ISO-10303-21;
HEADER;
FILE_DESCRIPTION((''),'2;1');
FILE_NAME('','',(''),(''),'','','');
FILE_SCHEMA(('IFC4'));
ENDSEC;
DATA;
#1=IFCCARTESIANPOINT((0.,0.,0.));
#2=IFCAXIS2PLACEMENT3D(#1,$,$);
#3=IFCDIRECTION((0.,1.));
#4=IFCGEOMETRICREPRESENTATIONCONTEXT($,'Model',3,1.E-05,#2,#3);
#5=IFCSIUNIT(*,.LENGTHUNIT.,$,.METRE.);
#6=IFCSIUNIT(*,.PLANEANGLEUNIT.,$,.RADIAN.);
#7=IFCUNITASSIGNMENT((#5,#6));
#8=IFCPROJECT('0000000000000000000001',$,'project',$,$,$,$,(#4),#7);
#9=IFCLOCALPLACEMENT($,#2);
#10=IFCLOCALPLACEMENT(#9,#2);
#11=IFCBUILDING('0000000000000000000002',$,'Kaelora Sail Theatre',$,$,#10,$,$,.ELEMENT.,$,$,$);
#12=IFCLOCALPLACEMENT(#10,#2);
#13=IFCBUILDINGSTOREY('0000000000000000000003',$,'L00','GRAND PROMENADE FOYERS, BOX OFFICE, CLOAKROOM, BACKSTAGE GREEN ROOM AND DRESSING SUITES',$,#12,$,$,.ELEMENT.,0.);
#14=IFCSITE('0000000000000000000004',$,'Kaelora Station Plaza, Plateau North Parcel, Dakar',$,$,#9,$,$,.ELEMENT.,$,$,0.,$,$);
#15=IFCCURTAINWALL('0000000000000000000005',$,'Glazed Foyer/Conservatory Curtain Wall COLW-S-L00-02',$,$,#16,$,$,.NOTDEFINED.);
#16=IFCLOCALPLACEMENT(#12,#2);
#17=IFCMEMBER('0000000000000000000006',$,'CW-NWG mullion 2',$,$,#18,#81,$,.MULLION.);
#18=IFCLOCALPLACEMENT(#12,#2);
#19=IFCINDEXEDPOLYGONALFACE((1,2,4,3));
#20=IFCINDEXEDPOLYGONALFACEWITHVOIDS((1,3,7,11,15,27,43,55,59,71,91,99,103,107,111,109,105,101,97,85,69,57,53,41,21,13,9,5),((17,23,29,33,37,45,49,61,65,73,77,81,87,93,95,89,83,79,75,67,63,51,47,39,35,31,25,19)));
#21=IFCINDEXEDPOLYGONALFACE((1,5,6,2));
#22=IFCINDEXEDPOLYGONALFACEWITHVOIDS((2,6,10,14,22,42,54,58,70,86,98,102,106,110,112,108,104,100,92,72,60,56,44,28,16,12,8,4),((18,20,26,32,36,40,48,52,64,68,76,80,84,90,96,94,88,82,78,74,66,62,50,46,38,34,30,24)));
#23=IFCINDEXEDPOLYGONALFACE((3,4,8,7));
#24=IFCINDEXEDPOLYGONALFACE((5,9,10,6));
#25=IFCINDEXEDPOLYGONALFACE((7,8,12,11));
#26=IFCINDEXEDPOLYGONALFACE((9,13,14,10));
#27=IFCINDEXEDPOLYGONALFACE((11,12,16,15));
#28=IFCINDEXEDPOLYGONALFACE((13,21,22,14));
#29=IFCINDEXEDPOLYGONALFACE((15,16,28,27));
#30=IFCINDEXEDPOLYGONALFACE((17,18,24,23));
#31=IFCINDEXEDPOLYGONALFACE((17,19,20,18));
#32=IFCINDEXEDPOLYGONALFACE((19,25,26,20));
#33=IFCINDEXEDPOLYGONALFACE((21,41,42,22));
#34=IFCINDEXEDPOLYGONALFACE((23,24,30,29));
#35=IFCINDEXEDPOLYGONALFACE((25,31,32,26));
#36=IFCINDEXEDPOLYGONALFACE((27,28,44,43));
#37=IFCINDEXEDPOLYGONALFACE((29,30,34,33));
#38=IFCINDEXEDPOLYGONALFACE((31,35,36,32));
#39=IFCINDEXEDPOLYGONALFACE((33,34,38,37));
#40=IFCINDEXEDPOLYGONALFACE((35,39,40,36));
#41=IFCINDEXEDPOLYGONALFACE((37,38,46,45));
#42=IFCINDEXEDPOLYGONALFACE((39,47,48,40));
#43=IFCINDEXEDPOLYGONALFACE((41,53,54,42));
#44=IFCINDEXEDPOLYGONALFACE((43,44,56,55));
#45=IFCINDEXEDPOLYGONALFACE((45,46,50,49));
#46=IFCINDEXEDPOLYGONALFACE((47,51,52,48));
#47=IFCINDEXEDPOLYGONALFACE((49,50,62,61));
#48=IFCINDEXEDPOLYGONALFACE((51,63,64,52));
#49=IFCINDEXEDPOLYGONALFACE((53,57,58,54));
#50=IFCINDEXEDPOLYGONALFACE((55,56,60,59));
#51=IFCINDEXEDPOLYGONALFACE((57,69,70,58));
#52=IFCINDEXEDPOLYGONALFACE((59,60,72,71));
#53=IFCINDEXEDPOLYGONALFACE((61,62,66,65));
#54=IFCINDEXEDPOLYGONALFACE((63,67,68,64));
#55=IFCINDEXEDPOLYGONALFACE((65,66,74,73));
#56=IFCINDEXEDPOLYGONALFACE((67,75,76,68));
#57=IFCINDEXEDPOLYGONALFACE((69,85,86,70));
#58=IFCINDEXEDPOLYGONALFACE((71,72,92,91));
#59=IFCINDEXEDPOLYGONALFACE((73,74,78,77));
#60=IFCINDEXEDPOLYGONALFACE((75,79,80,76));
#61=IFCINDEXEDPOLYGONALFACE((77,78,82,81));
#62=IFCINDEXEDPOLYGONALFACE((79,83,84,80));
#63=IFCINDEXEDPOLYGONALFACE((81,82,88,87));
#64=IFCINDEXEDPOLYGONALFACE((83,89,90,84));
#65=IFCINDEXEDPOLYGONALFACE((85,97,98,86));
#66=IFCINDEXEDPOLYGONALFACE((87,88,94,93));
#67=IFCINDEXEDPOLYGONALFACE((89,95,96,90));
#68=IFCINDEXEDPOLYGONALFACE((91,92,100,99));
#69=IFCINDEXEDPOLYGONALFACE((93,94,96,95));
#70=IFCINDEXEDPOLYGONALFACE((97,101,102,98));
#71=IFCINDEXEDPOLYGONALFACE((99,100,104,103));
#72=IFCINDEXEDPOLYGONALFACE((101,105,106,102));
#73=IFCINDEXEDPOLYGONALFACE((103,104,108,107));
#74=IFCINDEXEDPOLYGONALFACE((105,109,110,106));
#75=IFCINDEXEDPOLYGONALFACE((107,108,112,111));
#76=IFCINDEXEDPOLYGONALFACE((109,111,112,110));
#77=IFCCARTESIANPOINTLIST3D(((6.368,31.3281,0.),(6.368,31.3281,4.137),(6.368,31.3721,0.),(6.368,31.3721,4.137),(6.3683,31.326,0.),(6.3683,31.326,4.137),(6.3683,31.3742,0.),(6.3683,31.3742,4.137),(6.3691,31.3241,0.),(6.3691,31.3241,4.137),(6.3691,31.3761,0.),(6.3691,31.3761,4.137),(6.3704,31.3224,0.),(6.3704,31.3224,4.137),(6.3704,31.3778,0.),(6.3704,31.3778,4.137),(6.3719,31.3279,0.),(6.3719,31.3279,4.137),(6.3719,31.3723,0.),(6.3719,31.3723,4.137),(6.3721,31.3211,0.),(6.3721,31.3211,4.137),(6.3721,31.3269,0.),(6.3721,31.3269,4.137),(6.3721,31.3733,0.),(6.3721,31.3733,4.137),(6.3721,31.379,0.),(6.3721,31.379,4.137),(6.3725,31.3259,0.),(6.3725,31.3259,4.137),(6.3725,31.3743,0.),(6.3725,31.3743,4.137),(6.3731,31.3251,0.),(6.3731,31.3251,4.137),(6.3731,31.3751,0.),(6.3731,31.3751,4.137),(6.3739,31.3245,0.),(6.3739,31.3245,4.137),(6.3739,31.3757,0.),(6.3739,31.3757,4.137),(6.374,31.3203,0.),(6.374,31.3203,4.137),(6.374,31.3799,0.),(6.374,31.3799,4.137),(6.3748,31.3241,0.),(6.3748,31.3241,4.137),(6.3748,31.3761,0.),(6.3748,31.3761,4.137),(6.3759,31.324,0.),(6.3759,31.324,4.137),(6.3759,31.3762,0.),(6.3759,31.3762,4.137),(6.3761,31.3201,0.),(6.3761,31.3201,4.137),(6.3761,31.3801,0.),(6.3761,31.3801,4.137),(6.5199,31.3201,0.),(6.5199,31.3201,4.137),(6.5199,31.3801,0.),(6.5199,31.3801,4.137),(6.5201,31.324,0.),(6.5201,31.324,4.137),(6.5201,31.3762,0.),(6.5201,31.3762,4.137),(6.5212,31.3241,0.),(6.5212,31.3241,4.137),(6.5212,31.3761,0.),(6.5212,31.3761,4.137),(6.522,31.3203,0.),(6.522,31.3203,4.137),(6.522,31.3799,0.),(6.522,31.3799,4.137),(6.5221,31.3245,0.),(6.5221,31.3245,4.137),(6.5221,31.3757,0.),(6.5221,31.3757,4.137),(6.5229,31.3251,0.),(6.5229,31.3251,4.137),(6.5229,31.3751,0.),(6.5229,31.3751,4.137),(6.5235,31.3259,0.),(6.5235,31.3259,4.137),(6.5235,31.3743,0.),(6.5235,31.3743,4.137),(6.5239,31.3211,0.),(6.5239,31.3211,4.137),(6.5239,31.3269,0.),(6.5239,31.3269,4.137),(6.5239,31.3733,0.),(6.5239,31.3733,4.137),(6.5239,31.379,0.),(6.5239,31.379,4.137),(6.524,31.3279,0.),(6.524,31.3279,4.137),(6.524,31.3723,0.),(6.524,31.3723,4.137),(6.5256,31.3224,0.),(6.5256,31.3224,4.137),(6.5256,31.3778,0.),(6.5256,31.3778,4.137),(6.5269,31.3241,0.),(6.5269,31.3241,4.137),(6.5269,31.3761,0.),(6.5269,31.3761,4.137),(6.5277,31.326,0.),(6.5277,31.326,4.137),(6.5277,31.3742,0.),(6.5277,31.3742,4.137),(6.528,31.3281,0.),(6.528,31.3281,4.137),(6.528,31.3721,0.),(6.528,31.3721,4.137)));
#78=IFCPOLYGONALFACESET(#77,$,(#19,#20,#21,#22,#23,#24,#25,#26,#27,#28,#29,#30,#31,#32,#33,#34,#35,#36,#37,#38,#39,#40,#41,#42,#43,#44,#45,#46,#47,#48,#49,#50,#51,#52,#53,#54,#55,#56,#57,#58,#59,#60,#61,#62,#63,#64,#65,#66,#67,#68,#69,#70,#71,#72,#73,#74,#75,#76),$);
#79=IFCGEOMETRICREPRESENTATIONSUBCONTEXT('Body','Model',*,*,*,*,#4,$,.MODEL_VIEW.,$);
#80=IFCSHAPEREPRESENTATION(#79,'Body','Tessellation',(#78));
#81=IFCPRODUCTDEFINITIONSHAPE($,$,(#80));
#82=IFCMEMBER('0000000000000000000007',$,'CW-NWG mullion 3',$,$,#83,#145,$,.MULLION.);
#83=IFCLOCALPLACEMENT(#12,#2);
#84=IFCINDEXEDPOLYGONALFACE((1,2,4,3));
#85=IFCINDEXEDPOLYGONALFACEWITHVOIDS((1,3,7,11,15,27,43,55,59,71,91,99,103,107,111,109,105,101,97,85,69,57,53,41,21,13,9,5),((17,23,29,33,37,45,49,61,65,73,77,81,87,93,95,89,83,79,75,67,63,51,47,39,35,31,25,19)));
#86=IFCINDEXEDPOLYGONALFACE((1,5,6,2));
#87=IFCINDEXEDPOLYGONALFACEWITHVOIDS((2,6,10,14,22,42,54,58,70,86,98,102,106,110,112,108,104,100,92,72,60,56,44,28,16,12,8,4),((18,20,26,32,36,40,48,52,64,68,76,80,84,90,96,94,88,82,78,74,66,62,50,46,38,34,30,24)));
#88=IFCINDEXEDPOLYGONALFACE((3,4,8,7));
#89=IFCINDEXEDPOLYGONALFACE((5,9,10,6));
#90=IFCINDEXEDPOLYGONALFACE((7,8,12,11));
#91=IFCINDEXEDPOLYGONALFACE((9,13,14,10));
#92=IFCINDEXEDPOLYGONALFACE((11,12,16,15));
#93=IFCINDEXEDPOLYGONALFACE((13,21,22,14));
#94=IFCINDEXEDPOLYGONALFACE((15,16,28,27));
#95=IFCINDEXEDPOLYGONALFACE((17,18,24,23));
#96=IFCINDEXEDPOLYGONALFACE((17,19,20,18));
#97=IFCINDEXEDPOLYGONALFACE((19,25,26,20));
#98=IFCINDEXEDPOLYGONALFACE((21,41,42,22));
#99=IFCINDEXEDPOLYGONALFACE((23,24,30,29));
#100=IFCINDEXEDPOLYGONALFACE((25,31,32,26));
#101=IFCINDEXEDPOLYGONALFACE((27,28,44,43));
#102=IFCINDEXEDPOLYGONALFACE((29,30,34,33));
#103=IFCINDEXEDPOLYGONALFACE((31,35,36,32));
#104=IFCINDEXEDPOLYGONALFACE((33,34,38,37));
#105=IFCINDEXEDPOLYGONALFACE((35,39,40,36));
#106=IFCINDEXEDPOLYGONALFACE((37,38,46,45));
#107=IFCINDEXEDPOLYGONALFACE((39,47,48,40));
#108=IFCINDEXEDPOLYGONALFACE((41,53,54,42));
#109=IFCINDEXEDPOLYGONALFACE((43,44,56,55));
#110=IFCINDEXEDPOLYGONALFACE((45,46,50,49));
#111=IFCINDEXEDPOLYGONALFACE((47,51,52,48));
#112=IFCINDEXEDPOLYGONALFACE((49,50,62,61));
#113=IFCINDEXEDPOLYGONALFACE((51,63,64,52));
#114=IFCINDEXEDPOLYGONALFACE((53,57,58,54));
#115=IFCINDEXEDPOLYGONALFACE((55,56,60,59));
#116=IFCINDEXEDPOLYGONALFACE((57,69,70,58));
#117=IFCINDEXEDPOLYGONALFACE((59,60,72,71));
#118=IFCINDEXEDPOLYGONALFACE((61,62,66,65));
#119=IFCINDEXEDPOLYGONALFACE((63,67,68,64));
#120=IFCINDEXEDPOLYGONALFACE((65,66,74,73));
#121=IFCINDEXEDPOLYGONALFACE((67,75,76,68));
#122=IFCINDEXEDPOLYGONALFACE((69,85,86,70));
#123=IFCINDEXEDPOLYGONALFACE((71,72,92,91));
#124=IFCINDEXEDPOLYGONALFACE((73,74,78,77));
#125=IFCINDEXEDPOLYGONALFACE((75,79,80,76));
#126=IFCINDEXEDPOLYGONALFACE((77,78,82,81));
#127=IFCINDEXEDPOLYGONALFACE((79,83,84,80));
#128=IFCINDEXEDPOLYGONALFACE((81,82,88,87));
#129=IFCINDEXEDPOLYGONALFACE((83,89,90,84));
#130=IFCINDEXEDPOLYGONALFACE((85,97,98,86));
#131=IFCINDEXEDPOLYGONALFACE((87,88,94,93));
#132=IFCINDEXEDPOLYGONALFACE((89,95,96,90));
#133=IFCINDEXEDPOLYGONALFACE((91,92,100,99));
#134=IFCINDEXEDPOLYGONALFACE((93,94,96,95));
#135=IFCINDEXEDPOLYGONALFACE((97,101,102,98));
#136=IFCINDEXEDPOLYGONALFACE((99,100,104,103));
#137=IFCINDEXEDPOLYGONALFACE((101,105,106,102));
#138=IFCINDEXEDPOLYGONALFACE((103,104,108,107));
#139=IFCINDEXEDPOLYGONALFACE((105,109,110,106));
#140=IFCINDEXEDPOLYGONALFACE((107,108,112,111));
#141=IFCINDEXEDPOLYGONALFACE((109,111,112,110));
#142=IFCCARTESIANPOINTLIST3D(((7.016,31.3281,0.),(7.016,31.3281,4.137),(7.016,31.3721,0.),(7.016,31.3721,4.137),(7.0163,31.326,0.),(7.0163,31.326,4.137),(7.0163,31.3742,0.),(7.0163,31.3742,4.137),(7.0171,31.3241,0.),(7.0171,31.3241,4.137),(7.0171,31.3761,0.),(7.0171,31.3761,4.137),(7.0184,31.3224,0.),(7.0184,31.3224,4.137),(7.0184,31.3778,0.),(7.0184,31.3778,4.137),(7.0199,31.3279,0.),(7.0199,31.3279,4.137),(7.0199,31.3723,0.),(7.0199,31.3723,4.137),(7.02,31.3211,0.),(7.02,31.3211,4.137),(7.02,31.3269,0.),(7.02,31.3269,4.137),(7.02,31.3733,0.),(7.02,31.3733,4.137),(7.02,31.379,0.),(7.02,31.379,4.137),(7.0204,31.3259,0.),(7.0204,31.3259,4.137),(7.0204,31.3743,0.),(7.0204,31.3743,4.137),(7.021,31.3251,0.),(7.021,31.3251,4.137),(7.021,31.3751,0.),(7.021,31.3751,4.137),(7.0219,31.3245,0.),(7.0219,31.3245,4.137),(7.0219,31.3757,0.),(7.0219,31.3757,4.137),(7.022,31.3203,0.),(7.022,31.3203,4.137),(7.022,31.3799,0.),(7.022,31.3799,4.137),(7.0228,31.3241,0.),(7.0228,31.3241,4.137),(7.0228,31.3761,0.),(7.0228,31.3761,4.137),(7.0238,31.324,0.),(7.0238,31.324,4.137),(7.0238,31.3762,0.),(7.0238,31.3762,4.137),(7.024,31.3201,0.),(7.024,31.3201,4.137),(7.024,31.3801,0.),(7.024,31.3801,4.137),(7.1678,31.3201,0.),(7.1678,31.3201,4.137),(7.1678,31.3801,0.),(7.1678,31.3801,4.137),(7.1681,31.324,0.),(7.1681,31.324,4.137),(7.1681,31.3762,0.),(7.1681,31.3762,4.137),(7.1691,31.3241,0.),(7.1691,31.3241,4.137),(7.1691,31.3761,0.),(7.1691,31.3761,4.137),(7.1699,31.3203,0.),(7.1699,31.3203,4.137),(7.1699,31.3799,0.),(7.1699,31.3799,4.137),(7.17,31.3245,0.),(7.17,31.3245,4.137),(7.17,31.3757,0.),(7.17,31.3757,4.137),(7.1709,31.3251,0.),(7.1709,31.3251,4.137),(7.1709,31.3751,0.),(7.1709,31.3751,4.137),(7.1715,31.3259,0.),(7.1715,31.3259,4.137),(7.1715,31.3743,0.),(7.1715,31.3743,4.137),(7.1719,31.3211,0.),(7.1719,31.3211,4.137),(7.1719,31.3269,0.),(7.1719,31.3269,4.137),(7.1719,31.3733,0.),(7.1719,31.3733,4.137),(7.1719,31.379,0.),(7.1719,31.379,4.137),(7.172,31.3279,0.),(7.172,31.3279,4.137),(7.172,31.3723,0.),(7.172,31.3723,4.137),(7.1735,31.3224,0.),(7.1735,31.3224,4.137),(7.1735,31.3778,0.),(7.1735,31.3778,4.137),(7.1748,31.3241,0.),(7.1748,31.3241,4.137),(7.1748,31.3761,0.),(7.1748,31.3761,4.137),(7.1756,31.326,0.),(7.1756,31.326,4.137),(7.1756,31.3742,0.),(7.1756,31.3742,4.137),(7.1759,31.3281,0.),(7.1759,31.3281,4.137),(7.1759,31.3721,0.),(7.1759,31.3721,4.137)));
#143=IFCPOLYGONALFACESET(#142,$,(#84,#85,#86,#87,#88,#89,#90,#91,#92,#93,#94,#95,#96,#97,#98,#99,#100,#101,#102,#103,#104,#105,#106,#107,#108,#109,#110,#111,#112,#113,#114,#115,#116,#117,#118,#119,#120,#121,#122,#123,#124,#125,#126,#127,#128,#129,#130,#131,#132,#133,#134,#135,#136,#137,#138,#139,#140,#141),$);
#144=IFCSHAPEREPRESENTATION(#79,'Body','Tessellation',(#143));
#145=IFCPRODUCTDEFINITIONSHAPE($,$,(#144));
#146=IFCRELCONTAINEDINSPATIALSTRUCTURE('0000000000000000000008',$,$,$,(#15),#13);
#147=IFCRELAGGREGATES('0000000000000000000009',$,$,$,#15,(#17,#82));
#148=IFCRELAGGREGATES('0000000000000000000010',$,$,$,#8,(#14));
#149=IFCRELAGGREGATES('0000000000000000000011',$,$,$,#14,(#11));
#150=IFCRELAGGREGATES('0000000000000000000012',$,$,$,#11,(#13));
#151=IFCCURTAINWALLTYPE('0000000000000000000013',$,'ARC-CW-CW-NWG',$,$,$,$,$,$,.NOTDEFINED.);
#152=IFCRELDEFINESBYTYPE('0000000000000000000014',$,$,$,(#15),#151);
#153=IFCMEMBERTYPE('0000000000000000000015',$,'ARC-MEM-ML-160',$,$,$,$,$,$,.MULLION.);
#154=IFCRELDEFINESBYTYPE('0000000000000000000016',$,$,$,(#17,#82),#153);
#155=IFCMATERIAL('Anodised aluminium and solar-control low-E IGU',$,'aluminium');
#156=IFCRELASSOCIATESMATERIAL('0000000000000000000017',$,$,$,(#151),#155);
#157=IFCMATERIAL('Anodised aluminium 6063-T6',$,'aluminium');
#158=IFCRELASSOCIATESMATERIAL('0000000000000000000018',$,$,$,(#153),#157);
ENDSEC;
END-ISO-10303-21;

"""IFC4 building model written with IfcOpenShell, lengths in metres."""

from ifc_helpers import new_model, si_unit, direction, frame, origin, origin_2d, place, context, subcontext, project, spatial, hollow_rectangle, extrude, material, material_profile, profile_set, type_object, element, aggregate, save


model = new_model("IFC4")

# Units and contexts
model_context = context("Model", 3, precision=1e-05, world=origin(), true_north=direction((0.0, 1.0)))
body_context = subcontext(model_context, "Body", "Model", "MODEL_VIEW")
ifc_project = project(units=[si_unit("LENGTHUNIT", "METRE"), si_unit("PLANEANGLEUNIT", "RADIAN")], contexts=[model_context])

# Site, building, storey
site_placement = place(None, origin())
site = spatial("IfcSite", under=ifc_project, at=site_placement, Name="Kaelora Station Plaza, Plateau North Parcel, Dakar", CompositionType="ELEMENT", RefElevation=0.0)
building_placement = place(site_placement, origin())
building = spatial("IfcBuilding", under=site, at=building_placement, Name="Kaelora Sail Theatre", CompositionType="ELEMENT")
storey_placement = place(building_placement, origin())
storey = spatial("IfcBuildingStorey", under=building, at=storey_placement, Name="L00", Description="GRAND PROMENADE FOYERS, BOX OFFICE, CLOAKROOM, BACKSTAGE GREEN ROOM AND DRESSING SUITES", CompositionType="ELEMENT", Elevation=0.0)

# Shared definitions
ifc_material_1 = material(Name="Anodised aluminium and solar-control low-E IGU", Category="aluminium")
curtain_wall_type = type_object("IfcCurtainWallType", Name="ARC-CW-CW-NWG", PredefinedType="NOTDEFINED", material=ifc_material_1)
ifc_material_2 = material(Name="Anodised aluminium 6063-T6", Category="aluminium")
ifc_material_profile_1 = material_profile(ifc_material_2, hollow_rectangle(XDim=0.0601, YDim=0.1599, WallThickness=0.0039, InnerFilletRadius=0.0039, OuterFilletRadius=0.0081, at=origin_2d()), Name="ALU-MULL 60x160x4")
ifc_profile_set_1 = profile_set([ifc_material_profile_1], Name="Anodised aluminium 6063-T6")
member_type_1 = type_object("IfcMemberType", Name="ARC-MEM-ML-160", PredefinedType="MULLION", material=ifc_profile_set_1)

# Curtain wall, members
curtain_wall_1_placement = place(storey_placement, origin())
curtain_wall_1 = element("IfcCurtainWall", 1, at=curtain_wall_1_placement, inside=storey, type_object=curtain_wall_type, Name="Glazed Foyer/Conservatory Curtain Wall COLW-S-L00-02", PredefinedType="NOTDEFINED")
member_1_placement = place(storey_placement, frame((6.448, 31.3501, 0.0), z_axis=(0.0, 0.0, 1.0), x_axis=(0.0, 1.0, 0.0)))
member_1 = element("IfcMember", 2, at=member_1_placement, type_object=member_type_1, Name="CW-NWG mullion 2", PredefinedType="MULLION", context=body_context, shape_type="SweptSolid", body=[
    extrude(hollow_rectangle(XDim=0.0601, YDim=0.1599, WallThickness=0.0039, InnerFilletRadius=0.0039, OuterFilletRadius=0.0081, at=origin_2d()), origin(), (0.0, 0.0, 1.0), 4.137),
])
member_2_placement = place(storey_placement, frame((7.0959, 31.3501, 0.0), z_axis=(0.0, 0.0, 1.0), x_axis=(0.0, 1.0, 0.0)))
member_2 = element("IfcMember", 3, at=member_2_placement, type_object=member_type_1, Name="CW-NWG mullion 3", PredefinedType="MULLION", context=body_context, shape_type="SweptSolid", body=[
    extrude(hollow_rectangle(XDim=0.0601, YDim=0.1599, WallThickness=0.0039, InnerFilletRadius=0.0039, OuterFilletRadius=0.0081, at=origin_2d()), origin(), (0.0, 0.0, 1.0), 4.137),
])

aggregate(curtain_wall_1, [member_1, member_2])

save(model, "model.ifc")
